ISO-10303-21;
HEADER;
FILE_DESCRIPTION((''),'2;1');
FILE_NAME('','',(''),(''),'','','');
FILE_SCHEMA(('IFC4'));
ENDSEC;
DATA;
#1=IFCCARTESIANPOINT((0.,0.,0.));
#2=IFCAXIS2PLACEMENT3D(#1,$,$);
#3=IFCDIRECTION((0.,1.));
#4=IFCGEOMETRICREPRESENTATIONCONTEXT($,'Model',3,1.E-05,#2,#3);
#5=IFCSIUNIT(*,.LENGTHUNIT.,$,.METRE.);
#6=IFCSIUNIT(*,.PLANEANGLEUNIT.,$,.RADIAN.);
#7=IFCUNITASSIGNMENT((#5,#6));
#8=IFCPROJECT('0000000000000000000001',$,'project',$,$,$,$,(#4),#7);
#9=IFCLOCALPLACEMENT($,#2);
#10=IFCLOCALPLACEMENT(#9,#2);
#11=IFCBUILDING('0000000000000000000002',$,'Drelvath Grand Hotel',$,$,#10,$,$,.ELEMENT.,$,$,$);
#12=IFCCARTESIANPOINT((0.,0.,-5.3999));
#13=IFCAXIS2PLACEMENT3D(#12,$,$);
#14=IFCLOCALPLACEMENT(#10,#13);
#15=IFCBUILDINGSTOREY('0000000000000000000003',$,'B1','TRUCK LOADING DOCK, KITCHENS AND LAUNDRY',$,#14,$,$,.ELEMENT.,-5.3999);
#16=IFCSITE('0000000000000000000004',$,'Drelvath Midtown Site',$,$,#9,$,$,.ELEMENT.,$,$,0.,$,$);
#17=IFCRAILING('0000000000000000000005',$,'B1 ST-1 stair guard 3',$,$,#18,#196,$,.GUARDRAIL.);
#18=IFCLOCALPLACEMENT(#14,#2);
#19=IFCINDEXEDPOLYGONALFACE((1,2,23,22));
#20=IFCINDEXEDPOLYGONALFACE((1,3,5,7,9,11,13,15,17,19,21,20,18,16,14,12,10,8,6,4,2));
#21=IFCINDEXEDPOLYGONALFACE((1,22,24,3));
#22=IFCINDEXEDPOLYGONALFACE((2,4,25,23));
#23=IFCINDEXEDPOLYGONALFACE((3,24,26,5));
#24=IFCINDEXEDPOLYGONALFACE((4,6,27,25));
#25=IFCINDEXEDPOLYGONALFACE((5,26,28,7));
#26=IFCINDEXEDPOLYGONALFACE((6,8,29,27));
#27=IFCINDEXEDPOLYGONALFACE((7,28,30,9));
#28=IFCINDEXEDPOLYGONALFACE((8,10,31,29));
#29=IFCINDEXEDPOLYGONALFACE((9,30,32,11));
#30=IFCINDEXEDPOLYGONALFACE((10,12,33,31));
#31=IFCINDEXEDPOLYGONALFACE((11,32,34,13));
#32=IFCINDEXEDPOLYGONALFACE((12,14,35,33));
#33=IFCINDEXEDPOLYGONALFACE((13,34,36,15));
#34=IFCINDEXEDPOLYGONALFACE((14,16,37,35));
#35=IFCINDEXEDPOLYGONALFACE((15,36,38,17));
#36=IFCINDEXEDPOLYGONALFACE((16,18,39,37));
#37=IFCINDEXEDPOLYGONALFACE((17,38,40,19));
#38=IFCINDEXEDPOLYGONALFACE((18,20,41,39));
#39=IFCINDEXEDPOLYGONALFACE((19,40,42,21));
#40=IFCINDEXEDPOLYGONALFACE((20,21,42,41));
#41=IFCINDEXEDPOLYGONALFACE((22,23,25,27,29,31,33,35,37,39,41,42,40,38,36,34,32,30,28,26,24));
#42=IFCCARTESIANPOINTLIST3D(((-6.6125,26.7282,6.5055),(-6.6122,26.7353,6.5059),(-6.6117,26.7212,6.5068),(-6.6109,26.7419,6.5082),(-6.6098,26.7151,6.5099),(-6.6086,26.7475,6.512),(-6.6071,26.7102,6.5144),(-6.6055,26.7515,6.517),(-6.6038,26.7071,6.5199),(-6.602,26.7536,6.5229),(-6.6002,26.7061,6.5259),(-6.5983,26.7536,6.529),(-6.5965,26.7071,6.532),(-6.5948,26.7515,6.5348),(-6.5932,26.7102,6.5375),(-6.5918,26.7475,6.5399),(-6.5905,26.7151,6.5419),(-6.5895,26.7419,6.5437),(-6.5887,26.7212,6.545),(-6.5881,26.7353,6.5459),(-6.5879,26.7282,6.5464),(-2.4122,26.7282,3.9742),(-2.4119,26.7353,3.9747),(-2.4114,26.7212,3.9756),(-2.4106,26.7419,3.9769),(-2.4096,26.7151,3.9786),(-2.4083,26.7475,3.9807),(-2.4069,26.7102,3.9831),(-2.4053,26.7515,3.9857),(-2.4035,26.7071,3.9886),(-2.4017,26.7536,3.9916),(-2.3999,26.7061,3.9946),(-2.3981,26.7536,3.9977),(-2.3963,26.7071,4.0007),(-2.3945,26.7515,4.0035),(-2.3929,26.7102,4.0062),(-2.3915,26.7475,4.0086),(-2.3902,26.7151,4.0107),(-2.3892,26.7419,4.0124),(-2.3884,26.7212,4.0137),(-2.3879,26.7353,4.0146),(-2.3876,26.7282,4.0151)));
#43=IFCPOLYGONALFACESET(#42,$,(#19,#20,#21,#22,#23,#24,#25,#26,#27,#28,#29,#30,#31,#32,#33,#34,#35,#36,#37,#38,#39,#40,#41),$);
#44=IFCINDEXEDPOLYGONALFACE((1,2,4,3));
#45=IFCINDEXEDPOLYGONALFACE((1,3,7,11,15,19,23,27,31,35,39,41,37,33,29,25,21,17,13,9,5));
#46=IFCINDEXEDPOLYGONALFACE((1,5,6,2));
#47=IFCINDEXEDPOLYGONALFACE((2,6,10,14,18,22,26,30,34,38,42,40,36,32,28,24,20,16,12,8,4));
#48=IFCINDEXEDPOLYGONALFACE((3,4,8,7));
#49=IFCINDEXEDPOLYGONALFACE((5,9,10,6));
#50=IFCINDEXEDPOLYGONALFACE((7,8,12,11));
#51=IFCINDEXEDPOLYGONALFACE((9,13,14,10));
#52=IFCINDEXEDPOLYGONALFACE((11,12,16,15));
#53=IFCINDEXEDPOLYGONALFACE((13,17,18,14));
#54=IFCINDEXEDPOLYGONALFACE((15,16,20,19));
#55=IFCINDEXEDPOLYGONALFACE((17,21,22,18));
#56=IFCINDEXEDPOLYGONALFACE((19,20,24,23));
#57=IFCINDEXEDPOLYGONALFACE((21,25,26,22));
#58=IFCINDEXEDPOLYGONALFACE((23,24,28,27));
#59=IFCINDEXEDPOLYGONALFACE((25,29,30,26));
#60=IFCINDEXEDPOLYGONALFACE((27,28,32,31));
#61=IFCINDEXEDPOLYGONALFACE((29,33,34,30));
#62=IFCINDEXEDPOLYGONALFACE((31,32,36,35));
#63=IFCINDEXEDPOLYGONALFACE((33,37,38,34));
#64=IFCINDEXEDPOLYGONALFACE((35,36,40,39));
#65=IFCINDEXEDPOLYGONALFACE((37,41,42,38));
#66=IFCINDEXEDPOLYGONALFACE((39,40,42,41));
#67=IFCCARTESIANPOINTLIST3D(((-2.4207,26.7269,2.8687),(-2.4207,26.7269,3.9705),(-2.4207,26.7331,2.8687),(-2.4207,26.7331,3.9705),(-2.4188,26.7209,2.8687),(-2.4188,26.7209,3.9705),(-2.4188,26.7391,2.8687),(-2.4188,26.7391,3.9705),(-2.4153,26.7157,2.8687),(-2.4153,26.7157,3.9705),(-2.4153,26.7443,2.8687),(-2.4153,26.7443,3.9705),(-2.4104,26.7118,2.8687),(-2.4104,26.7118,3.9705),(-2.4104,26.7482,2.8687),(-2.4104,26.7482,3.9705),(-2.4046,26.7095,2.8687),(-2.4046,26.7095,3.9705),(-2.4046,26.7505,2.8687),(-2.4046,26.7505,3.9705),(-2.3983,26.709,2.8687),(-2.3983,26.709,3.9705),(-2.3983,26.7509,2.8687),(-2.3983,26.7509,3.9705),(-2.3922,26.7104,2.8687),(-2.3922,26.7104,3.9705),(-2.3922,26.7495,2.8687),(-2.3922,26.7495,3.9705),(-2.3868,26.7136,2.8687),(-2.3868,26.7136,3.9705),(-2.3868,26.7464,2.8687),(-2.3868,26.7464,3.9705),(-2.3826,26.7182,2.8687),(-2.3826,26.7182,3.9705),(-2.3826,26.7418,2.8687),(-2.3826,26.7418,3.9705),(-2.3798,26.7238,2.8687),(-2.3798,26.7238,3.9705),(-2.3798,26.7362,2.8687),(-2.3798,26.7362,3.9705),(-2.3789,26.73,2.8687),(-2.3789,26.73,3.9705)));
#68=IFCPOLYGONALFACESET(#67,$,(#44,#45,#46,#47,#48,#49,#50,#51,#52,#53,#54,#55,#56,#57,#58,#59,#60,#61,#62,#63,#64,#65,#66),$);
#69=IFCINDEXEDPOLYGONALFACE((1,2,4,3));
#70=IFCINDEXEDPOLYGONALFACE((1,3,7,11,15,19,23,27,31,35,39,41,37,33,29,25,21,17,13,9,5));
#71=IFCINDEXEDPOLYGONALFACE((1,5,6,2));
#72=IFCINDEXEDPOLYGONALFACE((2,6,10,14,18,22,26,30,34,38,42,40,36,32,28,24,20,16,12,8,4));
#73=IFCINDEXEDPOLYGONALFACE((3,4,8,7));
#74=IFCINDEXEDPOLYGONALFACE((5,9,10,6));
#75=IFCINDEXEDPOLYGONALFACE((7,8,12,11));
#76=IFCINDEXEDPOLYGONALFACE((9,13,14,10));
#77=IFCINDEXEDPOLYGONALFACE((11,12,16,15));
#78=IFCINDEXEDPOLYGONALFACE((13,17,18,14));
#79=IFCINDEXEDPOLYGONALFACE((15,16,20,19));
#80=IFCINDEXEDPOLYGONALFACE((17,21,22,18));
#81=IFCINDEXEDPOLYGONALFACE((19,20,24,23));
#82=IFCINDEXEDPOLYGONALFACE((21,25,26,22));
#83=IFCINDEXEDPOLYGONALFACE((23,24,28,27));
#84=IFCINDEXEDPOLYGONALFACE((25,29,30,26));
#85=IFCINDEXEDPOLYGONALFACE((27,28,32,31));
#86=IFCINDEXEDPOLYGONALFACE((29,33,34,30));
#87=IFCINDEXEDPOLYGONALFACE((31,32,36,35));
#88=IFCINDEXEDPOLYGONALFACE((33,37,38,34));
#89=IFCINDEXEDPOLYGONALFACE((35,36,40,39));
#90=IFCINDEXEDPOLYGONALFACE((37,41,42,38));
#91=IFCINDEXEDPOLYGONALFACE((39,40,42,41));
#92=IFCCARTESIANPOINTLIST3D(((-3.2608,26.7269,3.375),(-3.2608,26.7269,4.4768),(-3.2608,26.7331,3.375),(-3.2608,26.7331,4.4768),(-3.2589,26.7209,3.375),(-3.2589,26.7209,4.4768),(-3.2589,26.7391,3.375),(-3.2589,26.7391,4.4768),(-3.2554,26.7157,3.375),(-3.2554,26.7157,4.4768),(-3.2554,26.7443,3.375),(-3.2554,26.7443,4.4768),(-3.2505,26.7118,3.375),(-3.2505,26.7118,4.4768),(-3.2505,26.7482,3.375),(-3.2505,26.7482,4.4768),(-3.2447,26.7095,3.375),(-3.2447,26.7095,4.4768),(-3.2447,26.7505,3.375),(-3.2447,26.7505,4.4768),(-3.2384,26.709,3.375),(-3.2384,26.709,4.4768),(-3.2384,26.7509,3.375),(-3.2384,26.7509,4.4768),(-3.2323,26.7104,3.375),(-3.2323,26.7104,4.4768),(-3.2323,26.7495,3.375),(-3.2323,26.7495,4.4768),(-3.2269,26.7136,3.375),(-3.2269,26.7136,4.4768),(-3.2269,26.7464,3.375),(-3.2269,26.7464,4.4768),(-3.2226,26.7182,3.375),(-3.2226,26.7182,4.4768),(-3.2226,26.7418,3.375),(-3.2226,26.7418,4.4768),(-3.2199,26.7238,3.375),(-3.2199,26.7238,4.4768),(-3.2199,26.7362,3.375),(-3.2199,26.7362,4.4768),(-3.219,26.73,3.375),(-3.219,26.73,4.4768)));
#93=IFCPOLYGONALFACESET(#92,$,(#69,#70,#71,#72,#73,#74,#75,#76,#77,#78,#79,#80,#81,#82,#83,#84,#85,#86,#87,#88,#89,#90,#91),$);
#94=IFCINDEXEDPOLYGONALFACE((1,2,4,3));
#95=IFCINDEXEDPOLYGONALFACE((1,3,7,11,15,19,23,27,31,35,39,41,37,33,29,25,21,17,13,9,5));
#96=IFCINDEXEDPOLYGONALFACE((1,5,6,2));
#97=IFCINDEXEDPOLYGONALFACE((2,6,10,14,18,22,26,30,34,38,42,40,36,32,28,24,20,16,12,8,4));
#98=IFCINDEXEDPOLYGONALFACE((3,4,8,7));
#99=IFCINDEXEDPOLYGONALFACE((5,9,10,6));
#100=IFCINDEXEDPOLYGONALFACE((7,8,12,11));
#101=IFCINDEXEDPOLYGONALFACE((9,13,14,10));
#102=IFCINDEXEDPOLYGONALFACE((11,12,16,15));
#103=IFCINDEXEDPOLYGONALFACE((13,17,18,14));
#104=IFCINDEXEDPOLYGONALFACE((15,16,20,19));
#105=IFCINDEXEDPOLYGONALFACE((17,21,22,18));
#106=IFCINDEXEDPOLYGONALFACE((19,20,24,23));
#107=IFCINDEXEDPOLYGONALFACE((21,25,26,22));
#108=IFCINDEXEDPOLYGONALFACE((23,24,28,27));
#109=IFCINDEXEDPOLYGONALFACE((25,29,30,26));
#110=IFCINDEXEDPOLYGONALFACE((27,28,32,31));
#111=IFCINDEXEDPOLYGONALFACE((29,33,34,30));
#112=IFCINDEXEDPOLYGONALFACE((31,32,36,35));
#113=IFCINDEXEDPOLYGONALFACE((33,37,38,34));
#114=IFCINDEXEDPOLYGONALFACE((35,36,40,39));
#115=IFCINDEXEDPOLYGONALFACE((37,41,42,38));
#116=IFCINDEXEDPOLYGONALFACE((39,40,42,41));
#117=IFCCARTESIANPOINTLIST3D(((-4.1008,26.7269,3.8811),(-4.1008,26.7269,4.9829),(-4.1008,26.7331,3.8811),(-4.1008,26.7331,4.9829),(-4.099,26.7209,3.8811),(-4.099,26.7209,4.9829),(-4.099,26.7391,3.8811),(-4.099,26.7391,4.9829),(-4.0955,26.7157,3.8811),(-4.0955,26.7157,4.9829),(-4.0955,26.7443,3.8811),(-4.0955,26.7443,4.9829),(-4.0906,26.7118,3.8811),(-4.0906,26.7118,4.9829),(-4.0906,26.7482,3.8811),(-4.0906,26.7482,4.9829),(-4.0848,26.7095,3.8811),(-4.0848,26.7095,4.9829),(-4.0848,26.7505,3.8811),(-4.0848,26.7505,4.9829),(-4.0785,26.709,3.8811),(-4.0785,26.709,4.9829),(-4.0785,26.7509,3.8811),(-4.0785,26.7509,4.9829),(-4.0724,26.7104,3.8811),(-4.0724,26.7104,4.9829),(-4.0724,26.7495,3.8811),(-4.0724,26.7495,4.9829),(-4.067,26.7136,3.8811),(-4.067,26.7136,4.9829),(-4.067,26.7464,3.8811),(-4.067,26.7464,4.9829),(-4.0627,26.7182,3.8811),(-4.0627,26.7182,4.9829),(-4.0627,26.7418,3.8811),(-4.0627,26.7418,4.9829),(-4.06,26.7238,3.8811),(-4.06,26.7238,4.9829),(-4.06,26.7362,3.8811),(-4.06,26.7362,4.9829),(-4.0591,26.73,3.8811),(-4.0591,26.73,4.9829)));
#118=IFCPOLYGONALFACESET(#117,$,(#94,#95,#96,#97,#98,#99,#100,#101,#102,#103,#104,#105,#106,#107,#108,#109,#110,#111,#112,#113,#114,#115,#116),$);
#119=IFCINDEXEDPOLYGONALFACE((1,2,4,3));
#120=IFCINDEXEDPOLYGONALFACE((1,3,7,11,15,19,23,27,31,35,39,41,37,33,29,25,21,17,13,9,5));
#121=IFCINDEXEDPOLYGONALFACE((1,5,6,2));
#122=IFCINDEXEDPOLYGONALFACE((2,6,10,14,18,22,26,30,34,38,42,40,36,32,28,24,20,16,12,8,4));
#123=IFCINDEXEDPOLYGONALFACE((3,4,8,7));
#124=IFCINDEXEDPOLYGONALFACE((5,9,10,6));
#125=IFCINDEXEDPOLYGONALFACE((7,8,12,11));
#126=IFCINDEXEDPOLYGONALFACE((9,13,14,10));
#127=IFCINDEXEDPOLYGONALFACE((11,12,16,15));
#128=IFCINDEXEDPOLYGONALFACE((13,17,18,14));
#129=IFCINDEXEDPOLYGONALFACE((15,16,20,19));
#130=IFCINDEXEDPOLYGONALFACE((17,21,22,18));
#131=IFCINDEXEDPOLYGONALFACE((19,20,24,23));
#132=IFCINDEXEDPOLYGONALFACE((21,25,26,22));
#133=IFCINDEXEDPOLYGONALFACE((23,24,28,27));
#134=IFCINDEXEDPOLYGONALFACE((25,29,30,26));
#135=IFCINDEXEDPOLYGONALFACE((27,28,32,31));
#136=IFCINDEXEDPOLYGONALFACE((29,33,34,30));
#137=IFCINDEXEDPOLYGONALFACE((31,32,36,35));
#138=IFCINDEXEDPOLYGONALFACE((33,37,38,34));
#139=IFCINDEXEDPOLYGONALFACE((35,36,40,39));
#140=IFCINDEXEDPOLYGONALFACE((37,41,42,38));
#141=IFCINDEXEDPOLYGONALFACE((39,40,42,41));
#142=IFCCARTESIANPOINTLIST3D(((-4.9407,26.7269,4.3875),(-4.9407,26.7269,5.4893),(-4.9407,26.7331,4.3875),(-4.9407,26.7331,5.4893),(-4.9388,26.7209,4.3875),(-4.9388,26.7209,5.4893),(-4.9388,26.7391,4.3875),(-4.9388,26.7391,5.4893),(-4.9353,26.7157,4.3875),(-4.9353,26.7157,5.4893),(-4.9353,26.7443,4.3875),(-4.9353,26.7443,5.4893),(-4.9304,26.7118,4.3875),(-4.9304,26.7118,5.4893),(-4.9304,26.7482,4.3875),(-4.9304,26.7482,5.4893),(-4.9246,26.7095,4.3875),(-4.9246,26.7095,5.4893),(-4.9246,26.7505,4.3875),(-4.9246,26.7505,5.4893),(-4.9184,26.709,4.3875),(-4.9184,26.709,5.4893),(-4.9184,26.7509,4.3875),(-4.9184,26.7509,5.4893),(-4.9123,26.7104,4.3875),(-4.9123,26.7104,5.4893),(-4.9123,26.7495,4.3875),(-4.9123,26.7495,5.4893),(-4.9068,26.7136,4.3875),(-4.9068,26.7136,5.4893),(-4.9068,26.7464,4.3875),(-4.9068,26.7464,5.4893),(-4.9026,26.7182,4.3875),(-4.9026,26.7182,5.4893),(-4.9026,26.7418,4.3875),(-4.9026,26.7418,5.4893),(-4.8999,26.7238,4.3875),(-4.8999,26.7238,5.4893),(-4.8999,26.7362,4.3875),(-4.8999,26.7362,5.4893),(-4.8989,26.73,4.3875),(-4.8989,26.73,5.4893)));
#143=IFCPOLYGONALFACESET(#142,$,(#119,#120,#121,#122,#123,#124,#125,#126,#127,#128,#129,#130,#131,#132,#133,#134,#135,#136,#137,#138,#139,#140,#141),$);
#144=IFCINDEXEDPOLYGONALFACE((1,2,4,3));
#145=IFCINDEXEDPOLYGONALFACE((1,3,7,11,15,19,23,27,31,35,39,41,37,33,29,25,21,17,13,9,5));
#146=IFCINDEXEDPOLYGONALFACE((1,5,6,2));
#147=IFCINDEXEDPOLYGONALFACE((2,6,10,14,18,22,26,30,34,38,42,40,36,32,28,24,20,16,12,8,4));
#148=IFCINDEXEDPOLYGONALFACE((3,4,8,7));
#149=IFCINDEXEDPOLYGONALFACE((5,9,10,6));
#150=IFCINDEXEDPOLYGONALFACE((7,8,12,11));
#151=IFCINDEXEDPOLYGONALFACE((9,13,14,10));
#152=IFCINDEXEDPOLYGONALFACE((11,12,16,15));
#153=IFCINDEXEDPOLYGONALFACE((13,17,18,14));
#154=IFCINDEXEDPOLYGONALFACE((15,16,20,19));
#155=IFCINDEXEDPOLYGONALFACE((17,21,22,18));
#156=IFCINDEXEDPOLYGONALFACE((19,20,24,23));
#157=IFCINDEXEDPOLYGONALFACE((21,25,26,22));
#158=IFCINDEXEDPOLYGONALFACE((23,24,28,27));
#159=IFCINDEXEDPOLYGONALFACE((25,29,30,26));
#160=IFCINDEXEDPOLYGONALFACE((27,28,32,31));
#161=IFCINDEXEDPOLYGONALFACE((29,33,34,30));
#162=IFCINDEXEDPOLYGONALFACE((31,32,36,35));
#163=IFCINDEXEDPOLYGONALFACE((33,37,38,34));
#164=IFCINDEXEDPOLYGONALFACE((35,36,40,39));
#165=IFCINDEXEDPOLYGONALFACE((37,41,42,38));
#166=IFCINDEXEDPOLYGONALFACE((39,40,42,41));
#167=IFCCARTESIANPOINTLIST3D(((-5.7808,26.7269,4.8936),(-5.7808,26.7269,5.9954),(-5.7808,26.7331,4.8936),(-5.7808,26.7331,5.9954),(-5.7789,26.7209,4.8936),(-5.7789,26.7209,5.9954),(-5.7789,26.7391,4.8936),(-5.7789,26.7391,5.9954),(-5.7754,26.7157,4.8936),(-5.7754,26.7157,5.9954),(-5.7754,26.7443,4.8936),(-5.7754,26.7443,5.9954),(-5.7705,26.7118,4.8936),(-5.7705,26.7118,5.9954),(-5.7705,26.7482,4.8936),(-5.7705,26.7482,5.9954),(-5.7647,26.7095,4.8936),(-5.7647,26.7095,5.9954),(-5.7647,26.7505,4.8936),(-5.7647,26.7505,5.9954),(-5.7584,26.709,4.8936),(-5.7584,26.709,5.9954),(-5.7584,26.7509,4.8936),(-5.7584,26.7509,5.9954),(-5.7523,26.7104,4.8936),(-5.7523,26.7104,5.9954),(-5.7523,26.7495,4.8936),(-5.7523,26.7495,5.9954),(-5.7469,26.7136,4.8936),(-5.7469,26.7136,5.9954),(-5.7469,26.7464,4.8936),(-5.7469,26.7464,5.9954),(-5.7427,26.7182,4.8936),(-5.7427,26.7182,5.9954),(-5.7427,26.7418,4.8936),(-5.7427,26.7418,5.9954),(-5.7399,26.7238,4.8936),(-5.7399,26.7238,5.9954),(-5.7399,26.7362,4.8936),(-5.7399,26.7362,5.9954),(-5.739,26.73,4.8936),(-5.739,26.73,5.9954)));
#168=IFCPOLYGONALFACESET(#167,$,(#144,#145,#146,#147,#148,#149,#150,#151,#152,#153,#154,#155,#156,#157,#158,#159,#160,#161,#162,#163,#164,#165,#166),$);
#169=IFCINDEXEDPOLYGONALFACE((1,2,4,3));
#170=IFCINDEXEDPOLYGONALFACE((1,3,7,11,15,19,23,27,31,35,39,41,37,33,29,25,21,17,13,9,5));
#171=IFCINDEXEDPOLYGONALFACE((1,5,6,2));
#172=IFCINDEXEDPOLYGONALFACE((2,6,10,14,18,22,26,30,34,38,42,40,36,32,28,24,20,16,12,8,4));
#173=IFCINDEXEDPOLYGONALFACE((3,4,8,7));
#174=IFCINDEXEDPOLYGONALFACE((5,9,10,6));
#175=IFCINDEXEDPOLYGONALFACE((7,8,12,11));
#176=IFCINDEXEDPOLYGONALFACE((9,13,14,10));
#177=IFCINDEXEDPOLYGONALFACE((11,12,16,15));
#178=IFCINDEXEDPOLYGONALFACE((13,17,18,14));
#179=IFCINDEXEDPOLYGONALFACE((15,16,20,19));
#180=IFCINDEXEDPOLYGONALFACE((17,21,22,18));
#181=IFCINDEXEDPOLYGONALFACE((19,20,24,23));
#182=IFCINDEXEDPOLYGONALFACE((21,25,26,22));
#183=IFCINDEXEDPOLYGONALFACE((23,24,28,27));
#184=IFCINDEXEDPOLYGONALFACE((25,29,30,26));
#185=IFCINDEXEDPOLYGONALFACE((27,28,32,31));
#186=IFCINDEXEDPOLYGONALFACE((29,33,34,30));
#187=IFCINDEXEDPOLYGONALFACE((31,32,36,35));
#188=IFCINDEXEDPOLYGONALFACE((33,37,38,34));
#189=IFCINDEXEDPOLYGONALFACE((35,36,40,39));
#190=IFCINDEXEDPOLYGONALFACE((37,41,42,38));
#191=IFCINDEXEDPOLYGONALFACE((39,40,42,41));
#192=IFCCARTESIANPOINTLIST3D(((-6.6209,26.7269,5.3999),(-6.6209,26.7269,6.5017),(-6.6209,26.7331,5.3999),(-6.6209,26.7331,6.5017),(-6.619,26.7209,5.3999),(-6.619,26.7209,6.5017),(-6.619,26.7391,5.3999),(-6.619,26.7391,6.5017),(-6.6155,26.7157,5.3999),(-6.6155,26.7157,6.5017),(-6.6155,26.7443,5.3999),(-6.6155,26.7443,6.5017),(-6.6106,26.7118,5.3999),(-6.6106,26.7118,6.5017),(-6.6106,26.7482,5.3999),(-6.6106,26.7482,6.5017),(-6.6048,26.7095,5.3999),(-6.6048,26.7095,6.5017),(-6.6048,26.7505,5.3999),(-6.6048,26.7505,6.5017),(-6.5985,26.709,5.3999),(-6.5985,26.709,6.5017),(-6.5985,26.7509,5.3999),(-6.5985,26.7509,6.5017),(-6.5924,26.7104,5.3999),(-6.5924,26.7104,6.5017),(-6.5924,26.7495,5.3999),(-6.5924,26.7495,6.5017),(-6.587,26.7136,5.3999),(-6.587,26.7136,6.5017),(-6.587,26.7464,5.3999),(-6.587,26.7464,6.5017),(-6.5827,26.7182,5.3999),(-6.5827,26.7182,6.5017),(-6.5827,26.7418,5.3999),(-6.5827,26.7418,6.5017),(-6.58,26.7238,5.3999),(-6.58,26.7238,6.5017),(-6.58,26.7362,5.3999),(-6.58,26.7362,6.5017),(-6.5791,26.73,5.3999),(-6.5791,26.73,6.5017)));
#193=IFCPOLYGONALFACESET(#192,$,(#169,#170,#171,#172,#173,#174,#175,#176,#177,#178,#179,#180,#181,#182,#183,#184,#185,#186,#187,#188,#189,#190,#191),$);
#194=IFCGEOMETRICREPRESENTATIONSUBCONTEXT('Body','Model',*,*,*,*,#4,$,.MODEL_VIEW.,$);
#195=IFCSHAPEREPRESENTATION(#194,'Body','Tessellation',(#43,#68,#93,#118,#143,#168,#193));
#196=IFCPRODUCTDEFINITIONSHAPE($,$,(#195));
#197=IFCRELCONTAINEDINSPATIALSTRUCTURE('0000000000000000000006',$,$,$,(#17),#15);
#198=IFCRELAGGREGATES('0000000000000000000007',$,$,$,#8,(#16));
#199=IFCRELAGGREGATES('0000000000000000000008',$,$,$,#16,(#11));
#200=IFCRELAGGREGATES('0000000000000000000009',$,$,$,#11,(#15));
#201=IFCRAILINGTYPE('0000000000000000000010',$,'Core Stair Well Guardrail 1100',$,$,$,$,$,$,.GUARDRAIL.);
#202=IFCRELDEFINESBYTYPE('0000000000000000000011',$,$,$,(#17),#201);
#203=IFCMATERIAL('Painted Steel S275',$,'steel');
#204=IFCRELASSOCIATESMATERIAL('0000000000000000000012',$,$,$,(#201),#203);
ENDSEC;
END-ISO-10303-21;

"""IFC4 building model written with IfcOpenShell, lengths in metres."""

from ifc_helpers import new_model, si_unit, direction, frame, origin, origin_2d, place, context, subcontext, project, spatial, circle, extrude, material, type_object, element, save


model = new_model("IFC4")

# Units and contexts
model_context = context("Model", 3, precision=1e-05, world=origin(), true_north=direction((0.0, 1.0)))
body_context = subcontext(model_context, "Body", "Model", "MODEL_VIEW")
ifc_project = project(units=[si_unit("LENGTHUNIT", "METRE"), si_unit("PLANEANGLEUNIT", "RADIAN")], contexts=[model_context])

# Site, building, storey
site_placement = place(None, origin())
site = spatial("IfcSite", under=ifc_project, at=site_placement, Name="Drelvath Midtown Site", CompositionType="ELEMENT", RefElevation=0.0)
building_placement = place(site_placement, origin())
building = spatial("IfcBuilding", under=site, at=building_placement, Name="Drelvath Grand Hotel", CompositionType="ELEMENT")
storey_placement = place(building_placement, frame((0.0, 0.0, -5.3999)))
storey = spatial("IfcBuildingStorey", under=building, at=storey_placement, Name="B1", Description="TRUCK LOADING DOCK, KITCHENS AND LAUNDRY", CompositionType="ELEMENT", Elevation=-5.3999)

# Shared definitions
ifc_material_1 = material(Name="Painted Steel S275", Category="steel")

# Railing
railing_type_1 = type_object("IfcRailingType", Name="Core Stair Well Guardrail 1100", PredefinedType="GUARDRAIL", material=ifc_material_1)
railing_1_placement = place(storey_placement, frame((-2.3999, 26.73, 2.8687)))
element("IfcRailing", 1, at=railing_1_placement, inside=storey, type_object=railing_type_1, Name="B1 ST-1 stair guard 3", PredefinedType="GUARDRAIL", context=body_context, shape_type="SweptSolid", body=[
    extrude(circle(Radius=0.0239, at=origin_2d()), frame((0.0, 0.0, 1.126), z_axis=(-0.85649, 0.0, 0.516164), x_axis=(0.0, -1.0, 0.0)), (0.0, 0.0, 1.0), 4.9041),
    extrude(circle(Radius=0.021, at=origin_2d()), origin(), (0.0, 0.0, 1.0), 1.1018),
    extrude(circle(Radius=0.021, at=origin_2d()), frame((-0.8401, 0.0, 0.5063)), (0.0, 0.0, 1.0), 1.1018),
    extrude(circle(Radius=0.021, at=origin_2d()), frame((-1.6802, 0.0, 1.0125)), (0.0, 0.0, 1.0), 1.1018),
    extrude(circle(Radius=0.021, at=origin_2d()), frame((-2.52, 0.0, 1.5188)), (0.0, 0.0, 1.0), 1.1018),
    extrude(circle(Radius=0.021, at=origin_2d()), frame((-3.3601, 0.0, 2.0249)), (0.0, 0.0, 1.0), 1.1018),
    extrude(circle(Radius=0.021, at=origin_2d()), frame((-4.2002, 0.0, 2.5312)), (0.0, 0.0, 1.0), 1.1018),
])

save(model, "model.ifc")
